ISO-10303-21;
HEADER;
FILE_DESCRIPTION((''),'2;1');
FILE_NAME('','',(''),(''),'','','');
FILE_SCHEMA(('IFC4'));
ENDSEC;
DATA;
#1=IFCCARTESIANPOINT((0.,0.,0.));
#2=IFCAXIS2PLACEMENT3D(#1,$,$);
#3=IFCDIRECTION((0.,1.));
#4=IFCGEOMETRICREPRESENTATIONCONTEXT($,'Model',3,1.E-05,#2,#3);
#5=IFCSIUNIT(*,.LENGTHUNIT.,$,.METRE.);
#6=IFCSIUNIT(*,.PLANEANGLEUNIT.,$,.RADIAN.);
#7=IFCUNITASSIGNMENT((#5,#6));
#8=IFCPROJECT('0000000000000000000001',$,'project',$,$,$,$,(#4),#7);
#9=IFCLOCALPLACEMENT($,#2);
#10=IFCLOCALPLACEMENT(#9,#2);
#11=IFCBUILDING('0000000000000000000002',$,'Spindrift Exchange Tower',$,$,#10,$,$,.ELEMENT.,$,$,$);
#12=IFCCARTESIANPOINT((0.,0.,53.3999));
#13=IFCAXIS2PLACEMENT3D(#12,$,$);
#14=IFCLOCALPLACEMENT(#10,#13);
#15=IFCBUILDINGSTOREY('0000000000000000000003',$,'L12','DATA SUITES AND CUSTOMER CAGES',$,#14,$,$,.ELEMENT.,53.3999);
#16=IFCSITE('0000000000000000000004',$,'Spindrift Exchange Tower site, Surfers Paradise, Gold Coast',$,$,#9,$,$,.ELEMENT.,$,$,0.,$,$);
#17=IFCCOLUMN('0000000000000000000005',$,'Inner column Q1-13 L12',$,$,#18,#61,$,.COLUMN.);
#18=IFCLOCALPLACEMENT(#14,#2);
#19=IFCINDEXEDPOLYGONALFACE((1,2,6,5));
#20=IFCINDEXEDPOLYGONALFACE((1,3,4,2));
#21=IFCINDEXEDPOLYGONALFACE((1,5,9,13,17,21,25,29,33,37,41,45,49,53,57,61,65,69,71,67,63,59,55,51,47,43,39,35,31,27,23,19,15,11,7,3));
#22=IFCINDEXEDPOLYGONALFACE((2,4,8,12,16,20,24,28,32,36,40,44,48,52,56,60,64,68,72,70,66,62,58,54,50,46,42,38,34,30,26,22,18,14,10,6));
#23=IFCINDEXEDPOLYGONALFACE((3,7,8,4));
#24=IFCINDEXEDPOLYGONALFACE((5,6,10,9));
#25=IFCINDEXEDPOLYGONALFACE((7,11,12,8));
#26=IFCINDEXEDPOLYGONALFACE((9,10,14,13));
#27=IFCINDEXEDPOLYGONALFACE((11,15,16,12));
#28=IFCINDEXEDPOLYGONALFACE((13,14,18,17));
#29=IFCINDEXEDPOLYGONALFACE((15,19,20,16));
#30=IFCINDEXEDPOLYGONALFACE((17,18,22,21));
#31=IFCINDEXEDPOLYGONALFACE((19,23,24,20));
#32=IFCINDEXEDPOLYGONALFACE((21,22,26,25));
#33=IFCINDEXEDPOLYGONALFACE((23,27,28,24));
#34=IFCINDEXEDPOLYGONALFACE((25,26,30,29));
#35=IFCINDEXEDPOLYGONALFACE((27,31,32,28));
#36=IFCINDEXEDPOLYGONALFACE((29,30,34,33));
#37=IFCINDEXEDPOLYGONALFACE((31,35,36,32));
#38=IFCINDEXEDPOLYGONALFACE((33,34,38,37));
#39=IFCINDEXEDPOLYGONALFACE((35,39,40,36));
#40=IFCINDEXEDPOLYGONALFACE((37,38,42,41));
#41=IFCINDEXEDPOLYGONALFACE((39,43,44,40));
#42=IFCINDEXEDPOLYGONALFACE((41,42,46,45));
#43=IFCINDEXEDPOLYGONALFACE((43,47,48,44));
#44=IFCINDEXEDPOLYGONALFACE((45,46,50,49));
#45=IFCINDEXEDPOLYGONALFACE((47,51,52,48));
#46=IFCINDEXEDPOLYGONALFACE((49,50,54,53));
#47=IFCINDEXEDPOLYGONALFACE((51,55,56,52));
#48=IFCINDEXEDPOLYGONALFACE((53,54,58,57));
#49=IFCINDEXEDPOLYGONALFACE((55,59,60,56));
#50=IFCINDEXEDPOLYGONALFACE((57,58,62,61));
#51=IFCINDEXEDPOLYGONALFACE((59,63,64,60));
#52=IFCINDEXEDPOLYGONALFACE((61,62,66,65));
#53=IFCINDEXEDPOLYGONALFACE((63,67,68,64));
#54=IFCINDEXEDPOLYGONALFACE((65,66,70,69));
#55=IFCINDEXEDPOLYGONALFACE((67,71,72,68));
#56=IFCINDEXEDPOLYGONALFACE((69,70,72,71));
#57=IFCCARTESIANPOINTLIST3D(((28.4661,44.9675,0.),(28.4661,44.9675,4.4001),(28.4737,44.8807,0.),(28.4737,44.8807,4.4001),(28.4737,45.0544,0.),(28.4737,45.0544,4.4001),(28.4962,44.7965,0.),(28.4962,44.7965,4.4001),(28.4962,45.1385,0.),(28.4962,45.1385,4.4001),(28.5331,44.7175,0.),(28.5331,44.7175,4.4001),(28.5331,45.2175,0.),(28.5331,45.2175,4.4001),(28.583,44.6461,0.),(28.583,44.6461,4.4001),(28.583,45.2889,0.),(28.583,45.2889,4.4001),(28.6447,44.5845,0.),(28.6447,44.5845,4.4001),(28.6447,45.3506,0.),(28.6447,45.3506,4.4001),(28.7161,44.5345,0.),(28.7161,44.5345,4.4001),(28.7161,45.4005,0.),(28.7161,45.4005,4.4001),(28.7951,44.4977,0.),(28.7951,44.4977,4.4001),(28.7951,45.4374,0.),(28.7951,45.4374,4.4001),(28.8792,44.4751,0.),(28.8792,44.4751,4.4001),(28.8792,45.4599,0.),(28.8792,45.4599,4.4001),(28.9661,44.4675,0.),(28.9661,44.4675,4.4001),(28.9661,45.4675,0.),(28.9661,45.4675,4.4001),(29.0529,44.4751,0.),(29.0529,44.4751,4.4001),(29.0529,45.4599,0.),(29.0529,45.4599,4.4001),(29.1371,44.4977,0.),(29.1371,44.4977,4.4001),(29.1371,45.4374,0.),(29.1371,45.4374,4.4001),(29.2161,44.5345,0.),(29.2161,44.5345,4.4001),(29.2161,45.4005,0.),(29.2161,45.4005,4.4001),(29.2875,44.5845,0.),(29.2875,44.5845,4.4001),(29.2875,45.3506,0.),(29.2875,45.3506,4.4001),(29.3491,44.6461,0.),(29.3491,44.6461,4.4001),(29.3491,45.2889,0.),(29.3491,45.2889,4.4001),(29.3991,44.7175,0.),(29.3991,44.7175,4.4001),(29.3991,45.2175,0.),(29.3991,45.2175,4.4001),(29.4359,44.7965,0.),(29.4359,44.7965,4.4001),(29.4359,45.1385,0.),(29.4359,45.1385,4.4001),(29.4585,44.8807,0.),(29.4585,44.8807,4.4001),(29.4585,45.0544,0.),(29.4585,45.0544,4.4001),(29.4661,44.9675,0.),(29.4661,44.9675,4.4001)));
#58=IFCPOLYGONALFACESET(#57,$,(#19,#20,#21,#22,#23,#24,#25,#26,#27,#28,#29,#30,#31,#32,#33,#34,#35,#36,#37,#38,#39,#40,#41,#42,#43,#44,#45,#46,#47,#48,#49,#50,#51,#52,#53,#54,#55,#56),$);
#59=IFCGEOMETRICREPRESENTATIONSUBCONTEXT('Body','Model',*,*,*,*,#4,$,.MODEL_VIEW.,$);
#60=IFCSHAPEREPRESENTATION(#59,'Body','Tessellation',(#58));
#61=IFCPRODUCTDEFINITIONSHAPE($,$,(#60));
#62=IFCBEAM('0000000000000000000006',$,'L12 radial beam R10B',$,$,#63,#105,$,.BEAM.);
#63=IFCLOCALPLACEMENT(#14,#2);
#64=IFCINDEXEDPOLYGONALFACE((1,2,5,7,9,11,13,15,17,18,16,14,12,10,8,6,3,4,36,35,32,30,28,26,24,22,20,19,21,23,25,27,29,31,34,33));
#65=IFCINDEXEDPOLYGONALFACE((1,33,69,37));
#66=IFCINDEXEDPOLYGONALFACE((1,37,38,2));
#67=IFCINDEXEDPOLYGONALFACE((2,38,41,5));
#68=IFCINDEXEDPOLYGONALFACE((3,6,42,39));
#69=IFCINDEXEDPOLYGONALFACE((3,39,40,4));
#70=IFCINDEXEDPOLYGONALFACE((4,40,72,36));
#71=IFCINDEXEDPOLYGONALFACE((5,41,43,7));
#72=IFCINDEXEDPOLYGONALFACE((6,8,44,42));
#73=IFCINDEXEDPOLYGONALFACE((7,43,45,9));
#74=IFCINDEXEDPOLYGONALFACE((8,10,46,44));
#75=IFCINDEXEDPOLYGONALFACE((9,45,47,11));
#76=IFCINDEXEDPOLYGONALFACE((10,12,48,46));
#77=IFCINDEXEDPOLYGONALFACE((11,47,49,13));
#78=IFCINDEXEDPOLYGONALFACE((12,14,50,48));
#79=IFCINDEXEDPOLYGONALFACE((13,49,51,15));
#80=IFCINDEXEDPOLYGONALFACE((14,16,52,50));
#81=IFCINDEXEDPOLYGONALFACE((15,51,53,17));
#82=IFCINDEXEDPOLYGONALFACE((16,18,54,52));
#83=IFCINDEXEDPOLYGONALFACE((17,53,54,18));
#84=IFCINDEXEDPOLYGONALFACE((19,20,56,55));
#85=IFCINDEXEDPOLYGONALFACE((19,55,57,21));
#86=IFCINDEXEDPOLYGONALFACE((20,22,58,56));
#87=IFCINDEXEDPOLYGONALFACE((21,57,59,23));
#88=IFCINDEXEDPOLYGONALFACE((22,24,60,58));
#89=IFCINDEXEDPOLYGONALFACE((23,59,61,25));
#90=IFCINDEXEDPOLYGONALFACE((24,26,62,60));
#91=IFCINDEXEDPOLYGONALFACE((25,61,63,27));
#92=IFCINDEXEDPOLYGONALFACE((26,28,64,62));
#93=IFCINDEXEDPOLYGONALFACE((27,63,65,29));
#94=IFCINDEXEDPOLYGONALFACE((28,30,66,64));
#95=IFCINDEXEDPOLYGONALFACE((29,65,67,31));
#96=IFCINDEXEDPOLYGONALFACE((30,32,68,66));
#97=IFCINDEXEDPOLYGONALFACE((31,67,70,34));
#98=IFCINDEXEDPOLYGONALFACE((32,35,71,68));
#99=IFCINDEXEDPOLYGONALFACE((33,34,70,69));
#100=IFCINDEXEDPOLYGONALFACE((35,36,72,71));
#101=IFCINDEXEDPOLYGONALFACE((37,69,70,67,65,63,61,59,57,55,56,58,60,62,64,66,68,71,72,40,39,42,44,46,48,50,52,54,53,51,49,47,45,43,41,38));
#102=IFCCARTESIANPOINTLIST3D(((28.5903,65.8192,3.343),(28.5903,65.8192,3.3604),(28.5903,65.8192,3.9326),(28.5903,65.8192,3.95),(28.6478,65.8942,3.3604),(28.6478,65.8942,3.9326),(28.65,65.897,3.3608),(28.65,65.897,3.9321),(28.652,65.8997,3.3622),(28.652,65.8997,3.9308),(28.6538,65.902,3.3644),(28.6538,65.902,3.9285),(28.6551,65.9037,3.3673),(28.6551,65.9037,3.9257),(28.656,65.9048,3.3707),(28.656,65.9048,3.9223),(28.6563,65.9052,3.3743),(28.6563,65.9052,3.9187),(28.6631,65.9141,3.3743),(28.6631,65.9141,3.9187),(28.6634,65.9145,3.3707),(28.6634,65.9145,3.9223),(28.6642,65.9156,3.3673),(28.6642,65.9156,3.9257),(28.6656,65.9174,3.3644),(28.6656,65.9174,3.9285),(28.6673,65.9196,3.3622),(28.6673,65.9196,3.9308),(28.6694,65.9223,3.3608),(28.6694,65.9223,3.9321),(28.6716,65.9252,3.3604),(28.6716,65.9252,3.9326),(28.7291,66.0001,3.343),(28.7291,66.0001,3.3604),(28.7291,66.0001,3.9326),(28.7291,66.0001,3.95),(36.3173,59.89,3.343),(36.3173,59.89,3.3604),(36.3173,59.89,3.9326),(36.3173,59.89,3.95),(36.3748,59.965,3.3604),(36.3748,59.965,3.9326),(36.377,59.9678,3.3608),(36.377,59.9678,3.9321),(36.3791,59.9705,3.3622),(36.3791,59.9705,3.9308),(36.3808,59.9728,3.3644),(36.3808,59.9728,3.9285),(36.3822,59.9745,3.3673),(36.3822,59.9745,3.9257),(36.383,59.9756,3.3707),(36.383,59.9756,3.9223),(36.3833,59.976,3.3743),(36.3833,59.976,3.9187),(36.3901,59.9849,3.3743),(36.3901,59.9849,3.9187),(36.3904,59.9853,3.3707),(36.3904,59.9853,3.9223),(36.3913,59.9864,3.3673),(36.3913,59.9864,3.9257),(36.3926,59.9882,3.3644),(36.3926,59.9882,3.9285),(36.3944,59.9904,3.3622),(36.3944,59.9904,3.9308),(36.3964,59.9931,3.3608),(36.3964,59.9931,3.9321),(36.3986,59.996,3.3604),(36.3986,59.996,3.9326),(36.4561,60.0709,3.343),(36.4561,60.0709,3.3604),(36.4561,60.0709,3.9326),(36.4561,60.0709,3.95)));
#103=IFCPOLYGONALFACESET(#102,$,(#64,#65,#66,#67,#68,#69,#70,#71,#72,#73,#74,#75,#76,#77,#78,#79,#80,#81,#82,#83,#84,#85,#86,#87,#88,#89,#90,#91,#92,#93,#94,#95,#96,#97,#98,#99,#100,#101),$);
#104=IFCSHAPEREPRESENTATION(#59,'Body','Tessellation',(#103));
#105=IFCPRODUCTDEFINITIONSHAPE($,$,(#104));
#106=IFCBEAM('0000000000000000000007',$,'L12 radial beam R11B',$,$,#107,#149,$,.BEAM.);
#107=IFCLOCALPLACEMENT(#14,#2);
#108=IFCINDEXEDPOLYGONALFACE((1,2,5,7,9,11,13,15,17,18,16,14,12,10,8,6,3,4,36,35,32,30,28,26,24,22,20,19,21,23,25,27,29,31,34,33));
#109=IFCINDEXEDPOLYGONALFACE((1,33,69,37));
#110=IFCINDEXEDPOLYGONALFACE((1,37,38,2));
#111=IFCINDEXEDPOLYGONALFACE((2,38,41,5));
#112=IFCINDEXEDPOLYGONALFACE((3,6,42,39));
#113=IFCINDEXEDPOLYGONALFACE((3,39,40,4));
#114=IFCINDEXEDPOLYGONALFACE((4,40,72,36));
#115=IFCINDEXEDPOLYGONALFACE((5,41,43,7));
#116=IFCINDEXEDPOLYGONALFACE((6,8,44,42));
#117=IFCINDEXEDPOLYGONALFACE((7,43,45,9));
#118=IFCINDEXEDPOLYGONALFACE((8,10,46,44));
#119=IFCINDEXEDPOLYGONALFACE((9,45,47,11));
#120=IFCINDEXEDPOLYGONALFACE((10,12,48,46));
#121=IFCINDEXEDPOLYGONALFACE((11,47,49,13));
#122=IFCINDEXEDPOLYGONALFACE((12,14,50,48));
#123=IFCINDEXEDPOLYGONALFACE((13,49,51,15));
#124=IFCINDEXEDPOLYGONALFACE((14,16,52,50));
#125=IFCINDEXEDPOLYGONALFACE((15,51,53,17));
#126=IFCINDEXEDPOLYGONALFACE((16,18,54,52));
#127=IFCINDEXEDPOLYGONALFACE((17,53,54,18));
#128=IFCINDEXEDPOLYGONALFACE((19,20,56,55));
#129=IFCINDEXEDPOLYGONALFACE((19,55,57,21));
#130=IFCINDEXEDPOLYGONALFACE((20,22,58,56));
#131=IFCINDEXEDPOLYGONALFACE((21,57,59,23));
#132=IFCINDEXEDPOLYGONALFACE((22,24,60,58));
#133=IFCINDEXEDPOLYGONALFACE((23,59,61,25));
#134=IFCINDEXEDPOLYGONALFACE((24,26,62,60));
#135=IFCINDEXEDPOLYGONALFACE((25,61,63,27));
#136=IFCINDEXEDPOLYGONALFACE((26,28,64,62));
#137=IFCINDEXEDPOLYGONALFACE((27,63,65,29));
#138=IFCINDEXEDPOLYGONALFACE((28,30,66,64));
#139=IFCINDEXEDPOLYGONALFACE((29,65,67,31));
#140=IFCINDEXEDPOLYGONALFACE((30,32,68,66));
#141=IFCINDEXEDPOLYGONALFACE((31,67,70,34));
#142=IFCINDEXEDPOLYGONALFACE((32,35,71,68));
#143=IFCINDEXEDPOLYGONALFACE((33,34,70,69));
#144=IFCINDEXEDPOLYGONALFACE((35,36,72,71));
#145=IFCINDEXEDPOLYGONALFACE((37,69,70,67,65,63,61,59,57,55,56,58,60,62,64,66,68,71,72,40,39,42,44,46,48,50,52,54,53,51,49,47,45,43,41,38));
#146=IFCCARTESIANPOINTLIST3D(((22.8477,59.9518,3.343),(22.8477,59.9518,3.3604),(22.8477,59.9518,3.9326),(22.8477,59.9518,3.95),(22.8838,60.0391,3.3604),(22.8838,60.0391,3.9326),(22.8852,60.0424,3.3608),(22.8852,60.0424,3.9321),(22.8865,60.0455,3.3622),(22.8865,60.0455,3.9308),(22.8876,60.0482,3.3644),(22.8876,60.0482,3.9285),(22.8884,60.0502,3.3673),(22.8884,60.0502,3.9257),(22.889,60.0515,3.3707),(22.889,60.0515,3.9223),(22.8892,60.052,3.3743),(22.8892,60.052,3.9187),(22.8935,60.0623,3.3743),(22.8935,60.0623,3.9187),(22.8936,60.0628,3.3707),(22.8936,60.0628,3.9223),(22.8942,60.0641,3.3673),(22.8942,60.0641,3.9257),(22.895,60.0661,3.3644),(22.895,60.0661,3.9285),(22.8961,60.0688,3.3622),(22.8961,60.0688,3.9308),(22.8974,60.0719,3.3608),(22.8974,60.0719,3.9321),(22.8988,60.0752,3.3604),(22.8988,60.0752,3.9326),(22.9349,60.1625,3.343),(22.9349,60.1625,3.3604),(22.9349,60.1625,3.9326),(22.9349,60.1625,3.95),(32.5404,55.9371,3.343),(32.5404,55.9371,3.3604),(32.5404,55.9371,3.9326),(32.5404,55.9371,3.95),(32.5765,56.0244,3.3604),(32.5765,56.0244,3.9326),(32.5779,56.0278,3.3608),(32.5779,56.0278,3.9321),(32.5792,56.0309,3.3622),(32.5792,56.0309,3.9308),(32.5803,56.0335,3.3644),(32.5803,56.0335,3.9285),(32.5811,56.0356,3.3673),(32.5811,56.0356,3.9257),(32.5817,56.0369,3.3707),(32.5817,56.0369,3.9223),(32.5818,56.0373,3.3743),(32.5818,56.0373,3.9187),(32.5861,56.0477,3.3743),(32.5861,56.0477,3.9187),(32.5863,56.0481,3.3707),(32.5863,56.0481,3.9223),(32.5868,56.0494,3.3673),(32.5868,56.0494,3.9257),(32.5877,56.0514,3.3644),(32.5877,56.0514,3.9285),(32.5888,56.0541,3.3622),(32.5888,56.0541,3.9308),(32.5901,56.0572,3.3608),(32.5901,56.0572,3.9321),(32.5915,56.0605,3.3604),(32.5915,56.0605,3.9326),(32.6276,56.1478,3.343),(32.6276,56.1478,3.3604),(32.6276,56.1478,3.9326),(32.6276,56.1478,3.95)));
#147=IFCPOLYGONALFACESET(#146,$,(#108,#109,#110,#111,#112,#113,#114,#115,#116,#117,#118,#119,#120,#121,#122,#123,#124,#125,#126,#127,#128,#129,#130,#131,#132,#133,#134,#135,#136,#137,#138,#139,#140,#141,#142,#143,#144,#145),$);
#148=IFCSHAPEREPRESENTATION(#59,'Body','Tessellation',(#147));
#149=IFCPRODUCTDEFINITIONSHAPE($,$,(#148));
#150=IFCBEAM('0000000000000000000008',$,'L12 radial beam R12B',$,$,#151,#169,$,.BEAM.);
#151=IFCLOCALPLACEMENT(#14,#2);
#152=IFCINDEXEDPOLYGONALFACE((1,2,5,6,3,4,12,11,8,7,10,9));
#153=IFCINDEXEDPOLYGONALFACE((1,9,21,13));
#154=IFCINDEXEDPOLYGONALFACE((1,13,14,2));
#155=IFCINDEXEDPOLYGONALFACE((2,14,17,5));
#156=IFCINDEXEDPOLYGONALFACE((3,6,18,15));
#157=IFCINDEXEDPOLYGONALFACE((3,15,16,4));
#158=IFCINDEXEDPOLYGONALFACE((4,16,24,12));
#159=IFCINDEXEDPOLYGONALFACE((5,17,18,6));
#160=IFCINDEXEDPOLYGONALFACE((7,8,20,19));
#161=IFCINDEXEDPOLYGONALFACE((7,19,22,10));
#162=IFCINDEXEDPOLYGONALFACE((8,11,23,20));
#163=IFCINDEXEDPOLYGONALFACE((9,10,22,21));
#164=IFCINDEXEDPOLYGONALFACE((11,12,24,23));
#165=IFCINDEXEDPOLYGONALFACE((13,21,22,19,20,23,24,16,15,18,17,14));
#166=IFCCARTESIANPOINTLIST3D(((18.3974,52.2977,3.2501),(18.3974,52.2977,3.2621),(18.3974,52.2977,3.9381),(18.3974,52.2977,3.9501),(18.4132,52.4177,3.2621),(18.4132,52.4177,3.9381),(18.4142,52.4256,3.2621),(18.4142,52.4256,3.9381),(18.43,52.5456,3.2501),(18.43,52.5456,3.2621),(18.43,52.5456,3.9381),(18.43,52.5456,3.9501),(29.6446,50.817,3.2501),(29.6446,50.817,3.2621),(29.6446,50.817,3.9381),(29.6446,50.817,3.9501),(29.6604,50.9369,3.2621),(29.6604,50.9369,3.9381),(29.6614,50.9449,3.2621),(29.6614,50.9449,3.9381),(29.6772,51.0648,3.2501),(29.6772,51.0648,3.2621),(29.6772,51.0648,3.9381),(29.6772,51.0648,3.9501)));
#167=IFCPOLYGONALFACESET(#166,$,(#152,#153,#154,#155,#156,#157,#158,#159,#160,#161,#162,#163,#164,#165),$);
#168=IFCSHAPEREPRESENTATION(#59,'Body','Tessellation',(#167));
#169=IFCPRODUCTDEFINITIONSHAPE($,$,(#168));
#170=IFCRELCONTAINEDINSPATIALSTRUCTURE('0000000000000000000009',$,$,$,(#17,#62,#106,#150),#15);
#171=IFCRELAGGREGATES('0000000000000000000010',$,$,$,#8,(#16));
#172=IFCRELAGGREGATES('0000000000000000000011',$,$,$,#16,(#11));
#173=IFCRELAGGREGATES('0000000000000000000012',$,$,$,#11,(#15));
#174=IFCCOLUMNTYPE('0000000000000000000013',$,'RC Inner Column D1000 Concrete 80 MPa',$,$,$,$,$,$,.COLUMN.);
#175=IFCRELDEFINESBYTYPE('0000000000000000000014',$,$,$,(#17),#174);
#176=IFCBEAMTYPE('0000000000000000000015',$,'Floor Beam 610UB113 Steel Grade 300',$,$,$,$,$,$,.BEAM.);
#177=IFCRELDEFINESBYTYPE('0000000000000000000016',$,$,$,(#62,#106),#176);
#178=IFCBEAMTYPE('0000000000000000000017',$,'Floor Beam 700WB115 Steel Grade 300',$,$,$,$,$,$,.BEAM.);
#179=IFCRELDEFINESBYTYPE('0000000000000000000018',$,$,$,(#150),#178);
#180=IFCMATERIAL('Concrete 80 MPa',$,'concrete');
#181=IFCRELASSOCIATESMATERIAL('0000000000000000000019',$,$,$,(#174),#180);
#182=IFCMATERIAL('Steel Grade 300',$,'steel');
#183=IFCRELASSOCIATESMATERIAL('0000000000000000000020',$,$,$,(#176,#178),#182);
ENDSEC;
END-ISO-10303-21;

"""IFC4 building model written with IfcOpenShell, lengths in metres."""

from ifc_helpers import new_model, si_unit, direction, frame, origin, origin_2d, place, context, subcontext, project, spatial, circle, i_section, extrude, source, transform, mapped, material, material_profile, profile_set, type_object, element, save


model = new_model("IFC4")

# Units and contexts
model_context = context("Model", 3, precision=1e-05, world=origin(), true_north=direction((0.0, 1.0)))
body_context = subcontext(model_context, "Body", "Model", "MODEL_VIEW")
ifc_project = project(units=[si_unit("LENGTHUNIT", "METRE"), si_unit("PLANEANGLEUNIT", "RADIAN")], contexts=[model_context])

# Site, building, storey
site_placement = place(None, origin())
site = spatial("IfcSite", under=ifc_project, at=site_placement, Name="Spindrift Exchange Tower site, Surfers Paradise, Gold Coast", CompositionType="ELEMENT", RefElevation=0.0)
building_placement = place(site_placement, origin())
building = spatial("IfcBuilding", under=site, at=building_placement, Name="Spindrift Exchange Tower", CompositionType="ELEMENT")
storey_placement = place(building_placement, frame((0.0, 0.0, 53.3999)))
storey = spatial("IfcBuildingStorey", under=building, at=storey_placement, Name="L12", Description="DATA SUITES AND CUSTOMER CAGES", CompositionType="ELEMENT", Elevation=53.3999)

# Column
ifc_material_1 = material(Name="Concrete 80 MPa", Category="concrete")
ifc_material_profile_1 = material_profile(ifc_material_1, circle(Radius=0.5, at=origin_2d()), Name="RC D1000")
ifc_profile_set_1 = profile_set([ifc_material_profile_1], Name="Concrete 80 MPa")
column_type_1 = type_object("IfcColumnType", Name="RC Inner Column D1000 Concrete 80 MPa", PredefinedType="COLUMN", material=ifc_profile_set_1)
shared_shape_1 = source(origin(), body_context, "Body", "SweptSolid", [
    extrude(circle(Radius=0.5, at=origin_2d()), origin(), (0.0, 0.0, 1.0), 4.4001),
])
for number, where, z_axis, x_axis, name in (
    (1, (28.9661, 44.9675, 0.0), (0.0, 0.0, 1.0), (1.0, 0.0, 0.0), "Inner column Q1-13 L12"),
):
    element("IfcColumn", number, at=place(storey_placement, frame(where, z_axis=z_axis, x_axis=x_axis)), inside=storey, type_object=column_type_1, Name=name, PredefinedType="COLUMN", context=body_context, shape_type="MappedRepresentation", body=[
        mapped(shared_shape_1, transform((0.0, 0.0, 0.0), scale=1.0)),
    ])

# Beams
ifc_material_2 = material(Name="Steel Grade 300", Category="steel")
ifc_material_profile_2 = material_profile(ifc_material_2, i_section(OverallWidth=0.228, OverallDepth=0.6069, WebThickness=0.0112, FlangeThickness=0.0173, FilletRadius=0.0139, at=origin_2d()), Name="610UB113")
ifc_profile_set_2 = profile_set([ifc_material_profile_2], Name="Steel Grade 300")
beam_type_1 = type_object("IfcBeamType", Name="Floor Beam 610UB113 Steel Grade 300", PredefinedType="BEAM", material=ifc_profile_set_2)
shared_shape_2 = source(origin(), body_context, "Body", "SweptSolid", [
    extrude(i_section(OverallWidth=0.228, OverallDepth=0.6069, WebThickness=0.0112, FlangeThickness=0.0173, FilletRadius=0.0139, at=origin_2d()), origin(), (0.0, 0.0, 1.0), 9.7397),
])
beam_1_placement = place(storey_placement, frame((36.3867, 59.9805, 3.6465), z_axis=(-0.793352, 0.608763, 0.0), x_axis=(-0.608763, -0.793352, 0.0)))
element("IfcBeam", 2, at=beam_1_placement, inside=storey, type_object=beam_type_1, Name="L12 radial beam R10B", PredefinedType="BEAM", context=body_context, shape_type="MappedRepresentation", body=[
    mapped(shared_shape_2, transform((0.0, 0.0, 0.0), scale=1.0)),
])
shared_shape_3 = source(origin(), body_context, "Body", "SweptSolid", [
    extrude(i_section(OverallWidth=0.228, OverallDepth=0.6069, WebThickness=0.0112, FlangeThickness=0.0173, FilletRadius=0.0139, at=origin_2d()), origin(), (0.0, 0.0, 1.0), 10.4912),
])
beam_2_placement = place(storey_placement, frame((32.584, 56.0425, 3.6465), z_axis=(-0.923885, 0.38267, 0.0), x_axis=(-0.38267, -0.923885, 0.0)))
element("IfcBeam", 3, at=beam_2_placement, inside=storey, type_object=beam_type_1, Name="L12 radial beam R11B", PredefinedType="BEAM", context=body_context, shape_type="MappedRepresentation", body=[
    mapped(shared_shape_3, transform((0.0, 0.0, 0.0), scale=1.0)),
])
ifc_material_profile_3 = material_profile(ifc_material_2, i_section(OverallWidth=0.25, OverallDepth=0.7, WebThickness=0.0081, FlangeThickness=0.012, at=origin_2d()), Name="700WB115")
ifc_profile_set_3 = profile_set([ifc_material_profile_3], Name="Steel Grade 300")
beam_type_2 = type_object("IfcBeamType", Name="Floor Beam 700WB115 Steel Grade 300", PredefinedType="BEAM", material=ifc_profile_set_3)
shared_shape_4 = source(origin(), body_context, "Body", "SweptSolid", [
    extrude(i_section(OverallWidth=0.25, OverallDepth=0.7, WebThickness=0.0081, FlangeThickness=0.012, at=origin_2d()), origin(), (0.0, 0.0, 1.0), 11.3442),
])
beam_3_placement = place(storey_placement, frame((29.6609, 50.9409, 3.6001), z_axis=(-0.991445, 0.130527, 0.0), x_axis=(-0.130527, -0.991445, 0.0)))
element("IfcBeam", 4, at=beam_3_placement, inside=storey, type_object=beam_type_2, Name="L12 radial beam R12B", PredefinedType="BEAM", context=body_context, shape_type="MappedRepresentation", body=[
    mapped(shared_shape_4, transform((0.0, 0.0, 0.0), scale=1.0)),
])

save(model, "model.ifc")
